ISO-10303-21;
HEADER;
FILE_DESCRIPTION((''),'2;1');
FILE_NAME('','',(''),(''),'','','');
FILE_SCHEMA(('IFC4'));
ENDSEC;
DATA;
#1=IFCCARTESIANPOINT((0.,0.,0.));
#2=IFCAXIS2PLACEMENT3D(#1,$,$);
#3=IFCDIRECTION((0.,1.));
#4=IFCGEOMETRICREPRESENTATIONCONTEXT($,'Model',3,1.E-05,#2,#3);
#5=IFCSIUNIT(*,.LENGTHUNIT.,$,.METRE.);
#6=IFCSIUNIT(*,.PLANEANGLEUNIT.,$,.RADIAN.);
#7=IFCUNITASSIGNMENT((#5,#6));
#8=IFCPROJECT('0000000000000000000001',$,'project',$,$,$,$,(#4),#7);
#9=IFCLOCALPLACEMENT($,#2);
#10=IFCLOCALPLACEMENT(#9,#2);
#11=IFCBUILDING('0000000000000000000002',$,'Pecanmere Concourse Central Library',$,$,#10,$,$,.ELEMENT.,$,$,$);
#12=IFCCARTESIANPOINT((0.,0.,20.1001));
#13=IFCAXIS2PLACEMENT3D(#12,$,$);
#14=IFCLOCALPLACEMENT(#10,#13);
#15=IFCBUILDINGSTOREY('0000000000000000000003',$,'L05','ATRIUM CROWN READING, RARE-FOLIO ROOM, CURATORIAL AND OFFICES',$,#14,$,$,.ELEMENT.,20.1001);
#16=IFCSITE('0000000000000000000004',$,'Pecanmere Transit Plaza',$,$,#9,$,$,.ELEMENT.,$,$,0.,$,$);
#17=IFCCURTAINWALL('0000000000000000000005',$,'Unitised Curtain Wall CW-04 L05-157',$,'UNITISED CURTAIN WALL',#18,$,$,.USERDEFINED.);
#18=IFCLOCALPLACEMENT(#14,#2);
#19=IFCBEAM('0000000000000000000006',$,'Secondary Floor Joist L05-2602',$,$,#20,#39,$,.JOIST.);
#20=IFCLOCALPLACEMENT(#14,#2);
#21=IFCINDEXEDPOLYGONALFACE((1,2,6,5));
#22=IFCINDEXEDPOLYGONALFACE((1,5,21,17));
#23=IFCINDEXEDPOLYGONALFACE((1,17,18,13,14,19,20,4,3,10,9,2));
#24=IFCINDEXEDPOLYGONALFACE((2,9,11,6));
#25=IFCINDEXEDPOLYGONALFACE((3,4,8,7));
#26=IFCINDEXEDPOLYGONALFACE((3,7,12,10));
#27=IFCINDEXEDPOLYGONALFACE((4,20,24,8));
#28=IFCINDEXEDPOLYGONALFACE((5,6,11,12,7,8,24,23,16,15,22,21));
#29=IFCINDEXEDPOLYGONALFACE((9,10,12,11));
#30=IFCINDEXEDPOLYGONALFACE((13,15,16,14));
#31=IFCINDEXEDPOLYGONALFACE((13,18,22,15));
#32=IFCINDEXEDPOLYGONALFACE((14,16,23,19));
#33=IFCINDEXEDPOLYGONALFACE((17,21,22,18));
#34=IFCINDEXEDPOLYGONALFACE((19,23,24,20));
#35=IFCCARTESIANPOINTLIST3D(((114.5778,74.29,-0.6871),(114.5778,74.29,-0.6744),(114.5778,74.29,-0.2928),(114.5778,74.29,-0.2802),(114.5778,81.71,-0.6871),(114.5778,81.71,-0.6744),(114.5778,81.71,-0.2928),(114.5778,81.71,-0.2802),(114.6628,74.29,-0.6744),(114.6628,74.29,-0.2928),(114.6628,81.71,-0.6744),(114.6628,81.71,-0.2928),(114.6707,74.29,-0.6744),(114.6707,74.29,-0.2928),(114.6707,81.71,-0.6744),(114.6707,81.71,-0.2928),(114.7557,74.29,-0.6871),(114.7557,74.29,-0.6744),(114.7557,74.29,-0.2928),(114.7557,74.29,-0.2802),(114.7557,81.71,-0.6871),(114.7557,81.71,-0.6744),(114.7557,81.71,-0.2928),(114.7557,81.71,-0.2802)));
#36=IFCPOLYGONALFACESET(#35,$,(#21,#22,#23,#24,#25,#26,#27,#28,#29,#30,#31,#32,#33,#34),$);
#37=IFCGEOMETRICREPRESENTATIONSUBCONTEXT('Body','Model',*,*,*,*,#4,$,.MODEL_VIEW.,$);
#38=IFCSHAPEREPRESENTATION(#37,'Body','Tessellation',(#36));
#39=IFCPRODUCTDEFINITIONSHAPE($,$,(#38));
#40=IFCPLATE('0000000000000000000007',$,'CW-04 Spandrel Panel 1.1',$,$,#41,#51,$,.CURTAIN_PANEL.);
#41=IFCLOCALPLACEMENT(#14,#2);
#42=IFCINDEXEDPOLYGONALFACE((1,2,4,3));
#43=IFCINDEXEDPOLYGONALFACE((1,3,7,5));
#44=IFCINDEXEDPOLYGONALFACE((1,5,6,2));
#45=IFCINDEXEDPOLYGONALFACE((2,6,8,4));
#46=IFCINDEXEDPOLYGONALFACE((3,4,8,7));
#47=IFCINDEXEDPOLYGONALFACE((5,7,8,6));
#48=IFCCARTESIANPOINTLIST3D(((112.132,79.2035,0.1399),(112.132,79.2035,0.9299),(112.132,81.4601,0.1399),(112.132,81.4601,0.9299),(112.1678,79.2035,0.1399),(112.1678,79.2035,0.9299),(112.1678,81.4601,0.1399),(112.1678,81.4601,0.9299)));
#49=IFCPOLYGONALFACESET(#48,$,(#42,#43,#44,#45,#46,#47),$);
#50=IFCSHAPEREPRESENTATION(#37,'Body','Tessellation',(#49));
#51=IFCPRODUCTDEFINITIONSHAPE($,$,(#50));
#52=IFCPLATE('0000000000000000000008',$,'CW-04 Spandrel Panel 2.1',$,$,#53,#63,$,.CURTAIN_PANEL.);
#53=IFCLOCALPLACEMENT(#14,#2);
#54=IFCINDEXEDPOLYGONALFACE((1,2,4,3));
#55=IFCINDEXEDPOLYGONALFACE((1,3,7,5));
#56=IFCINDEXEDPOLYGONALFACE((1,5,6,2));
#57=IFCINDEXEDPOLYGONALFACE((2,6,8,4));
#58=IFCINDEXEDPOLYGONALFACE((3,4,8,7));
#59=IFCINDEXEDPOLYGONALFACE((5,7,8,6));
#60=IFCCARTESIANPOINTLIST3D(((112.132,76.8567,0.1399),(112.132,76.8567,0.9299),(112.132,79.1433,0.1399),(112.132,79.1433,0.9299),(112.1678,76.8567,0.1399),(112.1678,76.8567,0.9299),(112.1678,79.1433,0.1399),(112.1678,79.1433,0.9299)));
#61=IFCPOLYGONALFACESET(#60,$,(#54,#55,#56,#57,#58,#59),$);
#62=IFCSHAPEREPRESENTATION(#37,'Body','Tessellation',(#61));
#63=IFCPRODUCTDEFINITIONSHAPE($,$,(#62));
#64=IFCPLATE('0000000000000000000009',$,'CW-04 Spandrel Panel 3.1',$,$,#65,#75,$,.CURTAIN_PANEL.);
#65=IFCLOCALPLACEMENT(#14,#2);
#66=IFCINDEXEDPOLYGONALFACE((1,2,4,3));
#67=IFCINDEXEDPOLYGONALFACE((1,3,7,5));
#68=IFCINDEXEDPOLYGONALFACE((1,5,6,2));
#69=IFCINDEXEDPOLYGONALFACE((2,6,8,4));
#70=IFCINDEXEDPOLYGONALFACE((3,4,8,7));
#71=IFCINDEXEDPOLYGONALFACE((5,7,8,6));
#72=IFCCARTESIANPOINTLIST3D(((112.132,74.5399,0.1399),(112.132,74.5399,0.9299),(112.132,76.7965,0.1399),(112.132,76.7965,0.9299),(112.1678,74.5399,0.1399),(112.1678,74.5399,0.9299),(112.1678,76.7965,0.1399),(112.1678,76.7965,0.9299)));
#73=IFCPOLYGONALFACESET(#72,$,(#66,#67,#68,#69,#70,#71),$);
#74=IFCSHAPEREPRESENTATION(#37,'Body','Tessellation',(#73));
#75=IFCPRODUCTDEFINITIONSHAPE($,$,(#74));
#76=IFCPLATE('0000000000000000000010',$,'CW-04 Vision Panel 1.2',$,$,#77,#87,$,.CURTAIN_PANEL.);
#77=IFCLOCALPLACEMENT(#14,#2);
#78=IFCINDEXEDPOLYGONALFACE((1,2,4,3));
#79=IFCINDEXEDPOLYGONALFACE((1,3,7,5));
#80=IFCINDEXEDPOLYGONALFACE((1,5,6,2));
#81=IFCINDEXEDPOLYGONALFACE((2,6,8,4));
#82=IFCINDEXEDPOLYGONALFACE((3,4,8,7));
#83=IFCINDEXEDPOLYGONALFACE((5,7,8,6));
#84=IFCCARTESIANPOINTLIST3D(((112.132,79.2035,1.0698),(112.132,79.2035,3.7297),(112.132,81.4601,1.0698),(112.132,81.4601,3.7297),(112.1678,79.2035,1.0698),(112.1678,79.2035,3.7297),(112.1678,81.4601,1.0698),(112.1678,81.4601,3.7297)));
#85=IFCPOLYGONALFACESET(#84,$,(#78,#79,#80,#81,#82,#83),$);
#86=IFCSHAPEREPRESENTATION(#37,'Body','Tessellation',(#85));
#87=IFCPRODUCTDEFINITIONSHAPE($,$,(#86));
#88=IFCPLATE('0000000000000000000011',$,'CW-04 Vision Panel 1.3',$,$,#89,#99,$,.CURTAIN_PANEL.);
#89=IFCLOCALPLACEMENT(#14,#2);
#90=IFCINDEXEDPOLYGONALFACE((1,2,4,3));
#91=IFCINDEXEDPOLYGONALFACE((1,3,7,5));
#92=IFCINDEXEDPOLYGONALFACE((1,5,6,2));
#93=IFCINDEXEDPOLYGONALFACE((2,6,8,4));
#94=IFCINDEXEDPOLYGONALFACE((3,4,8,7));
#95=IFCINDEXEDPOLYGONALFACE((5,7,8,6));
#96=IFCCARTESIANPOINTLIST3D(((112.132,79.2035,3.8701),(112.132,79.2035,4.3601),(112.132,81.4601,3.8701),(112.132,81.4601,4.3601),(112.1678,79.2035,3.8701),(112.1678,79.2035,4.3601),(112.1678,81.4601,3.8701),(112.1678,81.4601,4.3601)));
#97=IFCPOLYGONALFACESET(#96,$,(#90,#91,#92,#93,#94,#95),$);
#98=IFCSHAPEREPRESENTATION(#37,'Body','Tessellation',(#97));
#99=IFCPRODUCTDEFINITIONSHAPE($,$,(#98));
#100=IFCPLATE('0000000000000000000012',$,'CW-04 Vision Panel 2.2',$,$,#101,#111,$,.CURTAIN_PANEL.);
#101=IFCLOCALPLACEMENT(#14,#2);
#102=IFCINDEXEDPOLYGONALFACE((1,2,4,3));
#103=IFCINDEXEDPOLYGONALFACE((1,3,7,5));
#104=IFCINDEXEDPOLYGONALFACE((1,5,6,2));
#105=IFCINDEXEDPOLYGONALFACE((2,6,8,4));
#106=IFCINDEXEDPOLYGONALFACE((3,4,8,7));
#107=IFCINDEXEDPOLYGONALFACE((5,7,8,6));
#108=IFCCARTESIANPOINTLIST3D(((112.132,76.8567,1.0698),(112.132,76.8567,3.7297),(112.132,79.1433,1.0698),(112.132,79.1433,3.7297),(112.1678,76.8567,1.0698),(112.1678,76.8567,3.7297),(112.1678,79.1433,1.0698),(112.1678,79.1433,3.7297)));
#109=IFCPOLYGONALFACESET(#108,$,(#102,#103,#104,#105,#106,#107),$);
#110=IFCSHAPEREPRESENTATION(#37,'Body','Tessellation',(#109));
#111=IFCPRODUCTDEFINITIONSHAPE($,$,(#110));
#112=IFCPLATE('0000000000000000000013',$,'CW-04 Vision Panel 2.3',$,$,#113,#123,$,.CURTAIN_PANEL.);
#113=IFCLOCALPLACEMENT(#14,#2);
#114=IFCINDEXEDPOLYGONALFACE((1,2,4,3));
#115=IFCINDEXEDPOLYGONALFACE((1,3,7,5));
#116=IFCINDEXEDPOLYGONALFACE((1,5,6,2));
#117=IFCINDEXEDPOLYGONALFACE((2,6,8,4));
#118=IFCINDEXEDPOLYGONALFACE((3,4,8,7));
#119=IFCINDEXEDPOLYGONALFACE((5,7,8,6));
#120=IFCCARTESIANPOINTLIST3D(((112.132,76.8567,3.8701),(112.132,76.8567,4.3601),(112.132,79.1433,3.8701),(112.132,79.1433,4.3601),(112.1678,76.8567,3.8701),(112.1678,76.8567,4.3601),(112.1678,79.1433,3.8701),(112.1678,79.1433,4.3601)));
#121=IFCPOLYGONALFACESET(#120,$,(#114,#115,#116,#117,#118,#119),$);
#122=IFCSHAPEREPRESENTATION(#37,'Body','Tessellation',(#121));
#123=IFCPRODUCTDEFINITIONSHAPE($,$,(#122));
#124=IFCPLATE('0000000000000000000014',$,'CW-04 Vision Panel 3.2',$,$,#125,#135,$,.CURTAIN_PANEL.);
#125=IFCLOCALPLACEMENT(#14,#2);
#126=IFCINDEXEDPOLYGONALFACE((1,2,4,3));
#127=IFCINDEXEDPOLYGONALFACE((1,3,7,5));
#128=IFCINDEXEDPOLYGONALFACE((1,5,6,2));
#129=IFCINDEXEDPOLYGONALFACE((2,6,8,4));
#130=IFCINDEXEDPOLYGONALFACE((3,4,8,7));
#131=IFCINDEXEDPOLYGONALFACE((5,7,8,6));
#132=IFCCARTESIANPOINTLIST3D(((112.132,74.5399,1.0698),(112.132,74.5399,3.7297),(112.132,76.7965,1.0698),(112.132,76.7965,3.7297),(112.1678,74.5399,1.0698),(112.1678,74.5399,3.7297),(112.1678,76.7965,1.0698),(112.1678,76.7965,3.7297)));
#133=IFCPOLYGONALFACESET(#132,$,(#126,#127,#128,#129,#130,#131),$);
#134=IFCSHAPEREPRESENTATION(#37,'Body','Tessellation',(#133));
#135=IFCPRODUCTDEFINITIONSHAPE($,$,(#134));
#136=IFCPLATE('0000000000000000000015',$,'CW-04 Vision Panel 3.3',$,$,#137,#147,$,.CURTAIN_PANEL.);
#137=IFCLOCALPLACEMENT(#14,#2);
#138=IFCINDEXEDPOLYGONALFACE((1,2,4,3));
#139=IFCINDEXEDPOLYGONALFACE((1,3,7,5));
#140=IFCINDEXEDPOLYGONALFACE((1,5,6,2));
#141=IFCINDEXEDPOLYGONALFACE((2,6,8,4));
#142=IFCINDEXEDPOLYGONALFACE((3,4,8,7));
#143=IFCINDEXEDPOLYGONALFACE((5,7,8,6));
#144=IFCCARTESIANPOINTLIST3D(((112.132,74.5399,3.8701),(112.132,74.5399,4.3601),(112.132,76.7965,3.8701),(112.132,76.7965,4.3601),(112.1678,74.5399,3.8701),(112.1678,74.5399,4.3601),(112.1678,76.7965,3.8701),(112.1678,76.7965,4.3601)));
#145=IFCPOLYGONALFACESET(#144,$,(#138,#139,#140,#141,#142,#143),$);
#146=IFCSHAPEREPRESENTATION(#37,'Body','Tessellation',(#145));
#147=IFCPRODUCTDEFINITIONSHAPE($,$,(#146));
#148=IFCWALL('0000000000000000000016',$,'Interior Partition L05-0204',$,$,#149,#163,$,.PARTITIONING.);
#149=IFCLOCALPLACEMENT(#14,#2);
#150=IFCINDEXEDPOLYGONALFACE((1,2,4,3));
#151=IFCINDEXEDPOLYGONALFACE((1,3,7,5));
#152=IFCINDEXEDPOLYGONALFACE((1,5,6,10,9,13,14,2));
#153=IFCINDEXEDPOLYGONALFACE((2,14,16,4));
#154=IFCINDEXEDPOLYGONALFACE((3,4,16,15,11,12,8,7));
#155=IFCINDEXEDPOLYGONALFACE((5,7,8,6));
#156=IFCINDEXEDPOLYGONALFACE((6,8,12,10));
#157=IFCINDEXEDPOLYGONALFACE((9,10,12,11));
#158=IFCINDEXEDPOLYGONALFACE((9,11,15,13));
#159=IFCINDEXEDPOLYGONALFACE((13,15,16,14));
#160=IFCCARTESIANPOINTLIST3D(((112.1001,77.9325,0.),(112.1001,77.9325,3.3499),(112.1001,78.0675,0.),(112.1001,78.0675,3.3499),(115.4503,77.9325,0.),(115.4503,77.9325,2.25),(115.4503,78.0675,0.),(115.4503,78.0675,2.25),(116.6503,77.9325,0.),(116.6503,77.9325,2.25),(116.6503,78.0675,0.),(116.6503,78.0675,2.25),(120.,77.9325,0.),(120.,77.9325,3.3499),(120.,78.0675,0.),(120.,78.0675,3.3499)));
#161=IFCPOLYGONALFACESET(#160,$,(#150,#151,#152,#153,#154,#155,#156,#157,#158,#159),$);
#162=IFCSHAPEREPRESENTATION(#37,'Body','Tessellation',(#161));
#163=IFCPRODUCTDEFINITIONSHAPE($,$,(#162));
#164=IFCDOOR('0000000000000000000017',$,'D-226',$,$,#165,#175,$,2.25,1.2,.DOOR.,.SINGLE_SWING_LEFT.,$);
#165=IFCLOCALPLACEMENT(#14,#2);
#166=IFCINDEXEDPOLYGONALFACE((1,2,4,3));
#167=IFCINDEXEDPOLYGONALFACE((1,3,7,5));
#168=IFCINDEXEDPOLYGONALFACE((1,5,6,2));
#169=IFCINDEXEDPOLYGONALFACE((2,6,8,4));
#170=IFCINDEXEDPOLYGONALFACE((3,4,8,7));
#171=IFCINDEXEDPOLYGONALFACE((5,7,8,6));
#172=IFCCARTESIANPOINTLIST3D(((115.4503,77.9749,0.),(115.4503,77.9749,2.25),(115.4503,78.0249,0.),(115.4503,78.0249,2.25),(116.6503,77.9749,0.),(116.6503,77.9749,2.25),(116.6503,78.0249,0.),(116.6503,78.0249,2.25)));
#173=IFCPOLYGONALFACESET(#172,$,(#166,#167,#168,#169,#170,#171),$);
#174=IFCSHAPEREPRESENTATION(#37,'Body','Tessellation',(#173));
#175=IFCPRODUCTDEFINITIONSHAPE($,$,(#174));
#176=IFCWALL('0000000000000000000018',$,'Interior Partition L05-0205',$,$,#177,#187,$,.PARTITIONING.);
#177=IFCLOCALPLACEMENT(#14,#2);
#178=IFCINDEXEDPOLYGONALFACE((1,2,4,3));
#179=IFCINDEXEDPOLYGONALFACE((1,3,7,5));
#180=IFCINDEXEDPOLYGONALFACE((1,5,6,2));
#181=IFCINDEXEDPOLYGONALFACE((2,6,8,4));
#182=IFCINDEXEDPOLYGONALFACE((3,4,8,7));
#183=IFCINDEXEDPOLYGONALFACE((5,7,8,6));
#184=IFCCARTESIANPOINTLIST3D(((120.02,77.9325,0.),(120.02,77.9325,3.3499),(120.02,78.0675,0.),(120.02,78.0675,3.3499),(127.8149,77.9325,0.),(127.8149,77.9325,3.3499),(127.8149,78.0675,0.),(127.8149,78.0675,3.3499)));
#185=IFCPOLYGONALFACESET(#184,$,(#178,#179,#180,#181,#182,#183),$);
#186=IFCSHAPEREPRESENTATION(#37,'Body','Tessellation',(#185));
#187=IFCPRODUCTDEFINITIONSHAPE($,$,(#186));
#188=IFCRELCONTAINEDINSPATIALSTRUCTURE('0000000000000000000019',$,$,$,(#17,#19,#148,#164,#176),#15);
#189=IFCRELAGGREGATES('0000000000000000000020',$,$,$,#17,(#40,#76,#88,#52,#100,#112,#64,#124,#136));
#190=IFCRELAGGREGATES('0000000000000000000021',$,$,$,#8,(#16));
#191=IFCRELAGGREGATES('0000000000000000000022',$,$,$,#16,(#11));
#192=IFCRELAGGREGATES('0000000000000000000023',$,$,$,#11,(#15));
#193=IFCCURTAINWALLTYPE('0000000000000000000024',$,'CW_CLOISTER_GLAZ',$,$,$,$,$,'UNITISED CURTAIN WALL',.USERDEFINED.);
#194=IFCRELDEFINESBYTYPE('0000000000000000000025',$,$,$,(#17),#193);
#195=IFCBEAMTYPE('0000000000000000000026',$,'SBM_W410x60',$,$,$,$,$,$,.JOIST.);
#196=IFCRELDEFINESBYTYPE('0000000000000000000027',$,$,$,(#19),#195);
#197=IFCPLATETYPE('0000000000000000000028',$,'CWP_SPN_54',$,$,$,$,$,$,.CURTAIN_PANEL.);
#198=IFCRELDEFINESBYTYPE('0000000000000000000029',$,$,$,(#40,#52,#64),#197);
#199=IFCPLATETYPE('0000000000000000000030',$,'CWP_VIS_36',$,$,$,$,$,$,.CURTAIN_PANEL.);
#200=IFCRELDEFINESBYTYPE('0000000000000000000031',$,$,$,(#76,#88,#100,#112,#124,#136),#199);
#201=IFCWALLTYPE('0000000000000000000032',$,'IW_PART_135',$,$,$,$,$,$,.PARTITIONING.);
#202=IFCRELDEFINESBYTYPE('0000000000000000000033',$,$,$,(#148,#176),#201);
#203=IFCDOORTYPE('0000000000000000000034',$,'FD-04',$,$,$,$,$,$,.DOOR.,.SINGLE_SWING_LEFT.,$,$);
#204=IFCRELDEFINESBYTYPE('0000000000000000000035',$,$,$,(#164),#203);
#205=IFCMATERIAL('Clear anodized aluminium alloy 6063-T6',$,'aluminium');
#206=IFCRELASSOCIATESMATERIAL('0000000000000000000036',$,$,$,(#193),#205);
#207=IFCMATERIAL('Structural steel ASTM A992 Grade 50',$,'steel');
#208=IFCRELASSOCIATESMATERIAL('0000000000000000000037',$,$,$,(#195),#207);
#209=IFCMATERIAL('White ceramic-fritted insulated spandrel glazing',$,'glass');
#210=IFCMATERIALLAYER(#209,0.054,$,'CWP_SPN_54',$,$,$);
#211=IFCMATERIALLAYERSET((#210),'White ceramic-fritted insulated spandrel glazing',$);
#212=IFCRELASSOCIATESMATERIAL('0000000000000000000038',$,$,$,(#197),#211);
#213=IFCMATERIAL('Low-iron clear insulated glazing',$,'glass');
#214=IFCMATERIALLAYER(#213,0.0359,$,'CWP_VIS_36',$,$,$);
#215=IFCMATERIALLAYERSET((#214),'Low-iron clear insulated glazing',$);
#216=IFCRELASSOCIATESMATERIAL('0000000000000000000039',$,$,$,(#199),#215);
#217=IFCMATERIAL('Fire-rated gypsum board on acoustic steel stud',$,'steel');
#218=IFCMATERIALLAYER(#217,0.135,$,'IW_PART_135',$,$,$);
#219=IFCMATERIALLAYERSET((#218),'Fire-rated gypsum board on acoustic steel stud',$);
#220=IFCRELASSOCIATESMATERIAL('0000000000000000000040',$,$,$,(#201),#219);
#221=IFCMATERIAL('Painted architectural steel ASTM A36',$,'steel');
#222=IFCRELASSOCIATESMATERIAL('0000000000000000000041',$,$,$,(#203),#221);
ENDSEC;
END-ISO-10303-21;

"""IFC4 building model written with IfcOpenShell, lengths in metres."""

from ifc_helpers import new_model, si_unit, direction, frame, frame_2d, origin, origin_2d, place, context, subcontext, project, spatial, rectangle, i_section, extrude, material, layer, layer_set, material_profile, profile_set, type_object, element, fill, aggregate, save


model = new_model("IFC4")

# Units and contexts
model_context = context("Model", 3, precision=1e-05, world=origin(), true_north=direction((0.0, 1.0)))
body_context = subcontext(model_context, "Body", "Model", "MODEL_VIEW")
ifc_project = project(units=[si_unit("LENGTHUNIT", "METRE"), si_unit("PLANEANGLEUNIT", "RADIAN")], contexts=[model_context])

# Site, building, storey
site_placement = place(None, origin())
site = spatial("IfcSite", under=ifc_project, at=site_placement, Name="Pecanmere Transit Plaza", CompositionType="ELEMENT", RefElevation=0.0)
building_placement = place(site_placement, origin())
building = spatial("IfcBuilding", under=site, at=building_placement, Name="Pecanmere Concourse Central Library", CompositionType="ELEMENT")
storey_placement = place(building_placement, frame((0.0, 0.0, 20.1001)))
storey = spatial("IfcBuildingStorey", under=building, at=storey_placement, Name="L05", Description="ATRIUM CROWN READING, RARE-FOLIO ROOM, CURATORIAL AND OFFICES", CompositionType="ELEMENT", Elevation=20.1001)

# Curtain wall
ifc_material_1 = material(Name="Clear anodized aluminium alloy 6063-T6", Category="aluminium")
curtain_wall_type = type_object("IfcCurtainWallType", Name="CW_CLOISTER_GLAZ", ElementType="UNITISED CURTAIN WALL", PredefinedType="USERDEFINED", material=ifc_material_1)
curtain_wall_placement = place(storey_placement, origin())
curtain_wall = element("IfcCurtainWall", 1, at=curtain_wall_placement, inside=storey, type_object=curtain_wall_type, Name="Unitised Curtain Wall CW-04 L05-157", ObjectType="UNITISED CURTAIN WALL", PredefinedType="USERDEFINED")

# Beam
ifc_material_2 = material(Name="Structural steel ASTM A992 Grade 50", Category="steel")
ifc_material_profile_1 = material_profile(ifc_material_2, i_section(OverallWidth=0.178, OverallDepth=0.407, WebThickness=0.0078, FlangeThickness=0.0127, at=origin_2d()), Name="W410x60")
ifc_profile_set_1 = profile_set([ifc_material_profile_1], Name="Structural steel ASTM A992 Grade 50")
beam_type_1 = type_object("IfcBeamType", Name="SBM_W410x60", PredefinedType="JOIST", material=ifc_profile_set_1)
beam_1_placement = place(storey_placement, frame((114.6667, 74.29, -0.4836), z_axis=(0.0, 1.0, 0.0), x_axis=(-1.0, 0.0, 0.0)))
element("IfcBeam", 2, at=beam_1_placement, inside=storey, type_object=beam_type_1, Name="Secondary Floor Joist L05-2602", PredefinedType="JOIST", context=body_context, shape_type="SweptSolid", body=[
    extrude(i_section(OverallWidth=0.178, OverallDepth=0.407, WebThickness=0.0078, FlangeThickness=0.0127, at=origin_2d()), origin(), (0.0, 0.0, 1.0), 7.4199),
])

# Plates
ifc_material_3 = material(Name="White ceramic-fritted insulated spandrel glazing", Category="glass")
ifc_layer_1 = layer(ifc_material_3, 0.054, Name="CWP_SPN_54")
ifc_layer_set_1 = layer_set([ifc_layer_1], Name="White ceramic-fritted insulated spandrel glazing")
plate_type_1 = type_object("IfcPlateType", Name="CWP_SPN_54", PredefinedType="CURTAIN_PANEL", material=ifc_layer_set_1)
plate_1_placement = place(storey_placement, frame((112.1499, 80.3318, 0.1399), z_axis=(0.0, 0.0, 1.0), x_axis=(0.0, -1.0, 0.0)))
plate_1 = element("IfcPlate", 3, at=plate_1_placement, type_object=plate_type_1, Name="CW-04 Spandrel Panel 1.1", PredefinedType="CURTAIN_PANEL", context=body_context, shape_type="SweptSolid", body=[
    extrude(rectangle(XDim=2.2566, YDim=0.0359, at=origin_2d()), origin(), (0.0, 0.0, 1.0), 0.79),
])
plate_2_placement = place(storey_placement, frame((112.1499, 78.0, 0.1399), z_axis=(0.0, 0.0, 1.0), x_axis=(0.0, -1.0, 0.0)))
plate_2 = element("IfcPlate", 4, at=plate_2_placement, type_object=plate_type_1, Name="CW-04 Spandrel Panel 2.1", PredefinedType="CURTAIN_PANEL", context=body_context, shape_type="SweptSolid", body=[
    extrude(rectangle(XDim=2.2866, YDim=0.0359, at=origin_2d()), origin(), (0.0, 0.0, 1.0), 0.79),
])
plate_3_placement = place(storey_placement, frame((112.1499, 75.6682, 0.1399), z_axis=(0.0, 0.0, 1.0), x_axis=(0.0, -1.0, 0.0)))
plate_3 = element("IfcPlate", 5, at=plate_3_placement, type_object=plate_type_1, Name="CW-04 Spandrel Panel 3.1", PredefinedType="CURTAIN_PANEL", context=body_context, shape_type="SweptSolid", body=[
    extrude(rectangle(XDim=2.2566, YDim=0.0359, at=origin_2d()), origin(), (0.0, 0.0, 1.0), 0.79),
])
ifc_material_4 = material(Name="Low-iron clear insulated glazing", Category="glass")
ifc_layer_2 = layer(ifc_material_4, 0.0359, Name="CWP_VIS_36")
ifc_layer_set_2 = layer_set([ifc_layer_2], Name="Low-iron clear insulated glazing")
plate_type_2 = type_object("IfcPlateType", Name="CWP_VIS_36", PredefinedType="CURTAIN_PANEL", material=ifc_layer_set_2)
plate_4_placement = place(storey_placement, frame((112.1499, 80.3318, 1.0698), z_axis=(0.0, 0.0, 1.0), x_axis=(0.0, -1.0, 0.0)))
plate_4 = element("IfcPlate", 6, at=plate_4_placement, type_object=plate_type_2, Name="CW-04 Vision Panel 1.2", PredefinedType="CURTAIN_PANEL", context=body_context, shape_type="SweptSolid", body=[
    extrude(rectangle(XDim=2.2566, YDim=0.0359, at=origin_2d()), origin(), (0.0, 0.0, 1.0), 2.6599),
])
plate_5_placement = place(storey_placement, frame((112.1499, 80.3318, 3.8701), z_axis=(0.0, 0.0, 1.0), x_axis=(0.0, -1.0, 0.0)))
plate_5 = element("IfcPlate", 7, at=plate_5_placement, type_object=plate_type_2, Name="CW-04 Vision Panel 1.3", PredefinedType="CURTAIN_PANEL", context=body_context, shape_type="SweptSolid", body=[
    extrude(rectangle(XDim=2.2566, YDim=0.0359, at=origin_2d()), origin(), (0.0, 0.0, 1.0), 0.49),
])
plate_6_placement = place(storey_placement, frame((112.1499, 78.0, 1.0698), z_axis=(0.0, 0.0, 1.0), x_axis=(0.0, -1.0, 0.0)))
plate_6 = element("IfcPlate", 8, at=plate_6_placement, type_object=plate_type_2, Name="CW-04 Vision Panel 2.2", PredefinedType="CURTAIN_PANEL", context=body_context, shape_type="SweptSolid", body=[
    extrude(rectangle(XDim=2.2866, YDim=0.0359, at=origin_2d()), origin(), (0.0, 0.0, 1.0), 2.6599),
])
plate_7_placement = place(storey_placement, frame((112.1499, 78.0, 3.8701), z_axis=(0.0, 0.0, 1.0), x_axis=(0.0, -1.0, 0.0)))
plate_7 = element("IfcPlate", 9, at=plate_7_placement, type_object=plate_type_2, Name="CW-04 Vision Panel 2.3", PredefinedType="CURTAIN_PANEL", context=body_context, shape_type="SweptSolid", body=[
    extrude(rectangle(XDim=2.2866, YDim=0.0359, at=origin_2d()), origin(), (0.0, 0.0, 1.0), 0.49),
])
plate_8_placement = place(storey_placement, frame((112.1499, 75.6682, 1.0698), z_axis=(0.0, 0.0, 1.0), x_axis=(0.0, -1.0, 0.0)))
plate_8 = element("IfcPlate", 10, at=plate_8_placement, type_object=plate_type_2, Name="CW-04 Vision Panel 3.2", PredefinedType="CURTAIN_PANEL", context=body_context, shape_type="SweptSolid", body=[
    extrude(rectangle(XDim=2.2566, YDim=0.0359, at=origin_2d()), origin(), (0.0, 0.0, 1.0), 2.6599),
])
plate_9_placement = place(storey_placement, frame((112.1499, 75.6682, 3.8701), z_axis=(0.0, 0.0, 1.0), x_axis=(0.0, -1.0, 0.0)))
plate_9 = element("IfcPlate", 11, at=plate_9_placement, type_object=plate_type_2, Name="CW-04 Vision Panel 3.3", PredefinedType="CURTAIN_PANEL", context=body_context, shape_type="SweptSolid", body=[
    extrude(rectangle(XDim=2.2566, YDim=0.0359, at=origin_2d()), origin(), (0.0, 0.0, 1.0), 0.49),
])
aggregate(curtain_wall, [plate_1, plate_4, plate_5, plate_2, plate_6, plate_7, plate_3, plate_8, plate_9])

# Wall, opening, door
ifc_material_5 = material(Name="Fire-rated gypsum board on acoustic steel stud", Category="steel")
ifc_layer_3 = layer(ifc_material_5, 0.135, Name="IW_PART_135")
ifc_layer_set_3 = layer_set([ifc_layer_3], Name="Fire-rated gypsum board on acoustic steel stud")
wall_type = type_object("IfcWallType", Name="IW_PART_135", PredefinedType="PARTITIONING", material=ifc_layer_set_3)
wall_1_placement = place(storey_placement, frame((112.1001, 78.0, 0.0), z_axis=(0.0, 0.0, 1.0), x_axis=(1.0, 0.0, 0.0)))
wall_1 = element("IfcWall", 12, at=wall_1_placement, inside=storey, type_object=wall_type, Name="Interior Partition L05-0204", PredefinedType="PARTITIONING", context=body_context, shape_type="SweptSolid", body=[
    extrude(rectangle(XDim=7.8999, YDim=0.135, at=frame_2d((3.95, 0.0))), origin(), (0.0, 0.0, 1.0), 3.3499),
])
opening_placement = place(wall_1_placement, frame((3.3501, 0.0, 0.0)))
opening = element("IfcOpeningElement", 13, at=opening_placement, cuts=wall_1, PredefinedType="OPENING", context=body_context, shape_type="SweptSolid", body=[
    extrude(rectangle(XDim=1.2, YDim=2.25, at=frame_2d((0.6001, 1.125))), frame((0.0, 0.0796, 0.0), z_axis=(0.0, -1.0, 0.0), x_axis=(1.0, 0.0, 0.0)), (0.0, 0.0, 1.0), 0.1589),
])
ifc_material_6 = material(Name="Painted architectural steel ASTM A36", Category="steel")
door_type = type_object("IfcDoorType", Name="FD-04", OperationType="SINGLE_SWING_LEFT", PredefinedType="DOOR", material=ifc_material_6)
door_placement = place(opening_placement, origin())
door = element("IfcDoor", 14, at=door_placement, inside=storey, type_object=door_type, Name="D-226", OperationType="SINGLE_SWING_LEFT", OverallHeight=2.25, OverallWidth=1.2, PredefinedType="DOOR", context=body_context, shape_type="SweptSolid", body=[
    extrude(rectangle(XDim=1.2, YDim=2.25, at=frame_2d((0.6001, 1.125))), frame((0.0, 0.0249, 0.0), z_axis=(0.0, -1.0, 0.0), x_axis=(1.0, 0.0, 0.0)), (0.0, 0.0, 1.0), 0.05),
])
fill(opening, door)

# Wall
wall_2_placement = place(storey_placement, frame((120.02, 78.0, 0.0), z_axis=(0.0, 0.0, 1.0), x_axis=(1.0, 0.0, 0.0)))
element("IfcWall", 15, at=wall_2_placement, inside=storey, type_object=wall_type, Name="Interior Partition L05-0205", PredefinedType="PARTITIONING", context=body_context, shape_type="SweptSolid", body=[
    extrude(rectangle(XDim=7.7949, YDim=0.135, at=frame_2d((3.8975, 0.0))), origin(), (0.0, 0.0, 1.0), 3.3499),
])

save(model, "model.ifc")
